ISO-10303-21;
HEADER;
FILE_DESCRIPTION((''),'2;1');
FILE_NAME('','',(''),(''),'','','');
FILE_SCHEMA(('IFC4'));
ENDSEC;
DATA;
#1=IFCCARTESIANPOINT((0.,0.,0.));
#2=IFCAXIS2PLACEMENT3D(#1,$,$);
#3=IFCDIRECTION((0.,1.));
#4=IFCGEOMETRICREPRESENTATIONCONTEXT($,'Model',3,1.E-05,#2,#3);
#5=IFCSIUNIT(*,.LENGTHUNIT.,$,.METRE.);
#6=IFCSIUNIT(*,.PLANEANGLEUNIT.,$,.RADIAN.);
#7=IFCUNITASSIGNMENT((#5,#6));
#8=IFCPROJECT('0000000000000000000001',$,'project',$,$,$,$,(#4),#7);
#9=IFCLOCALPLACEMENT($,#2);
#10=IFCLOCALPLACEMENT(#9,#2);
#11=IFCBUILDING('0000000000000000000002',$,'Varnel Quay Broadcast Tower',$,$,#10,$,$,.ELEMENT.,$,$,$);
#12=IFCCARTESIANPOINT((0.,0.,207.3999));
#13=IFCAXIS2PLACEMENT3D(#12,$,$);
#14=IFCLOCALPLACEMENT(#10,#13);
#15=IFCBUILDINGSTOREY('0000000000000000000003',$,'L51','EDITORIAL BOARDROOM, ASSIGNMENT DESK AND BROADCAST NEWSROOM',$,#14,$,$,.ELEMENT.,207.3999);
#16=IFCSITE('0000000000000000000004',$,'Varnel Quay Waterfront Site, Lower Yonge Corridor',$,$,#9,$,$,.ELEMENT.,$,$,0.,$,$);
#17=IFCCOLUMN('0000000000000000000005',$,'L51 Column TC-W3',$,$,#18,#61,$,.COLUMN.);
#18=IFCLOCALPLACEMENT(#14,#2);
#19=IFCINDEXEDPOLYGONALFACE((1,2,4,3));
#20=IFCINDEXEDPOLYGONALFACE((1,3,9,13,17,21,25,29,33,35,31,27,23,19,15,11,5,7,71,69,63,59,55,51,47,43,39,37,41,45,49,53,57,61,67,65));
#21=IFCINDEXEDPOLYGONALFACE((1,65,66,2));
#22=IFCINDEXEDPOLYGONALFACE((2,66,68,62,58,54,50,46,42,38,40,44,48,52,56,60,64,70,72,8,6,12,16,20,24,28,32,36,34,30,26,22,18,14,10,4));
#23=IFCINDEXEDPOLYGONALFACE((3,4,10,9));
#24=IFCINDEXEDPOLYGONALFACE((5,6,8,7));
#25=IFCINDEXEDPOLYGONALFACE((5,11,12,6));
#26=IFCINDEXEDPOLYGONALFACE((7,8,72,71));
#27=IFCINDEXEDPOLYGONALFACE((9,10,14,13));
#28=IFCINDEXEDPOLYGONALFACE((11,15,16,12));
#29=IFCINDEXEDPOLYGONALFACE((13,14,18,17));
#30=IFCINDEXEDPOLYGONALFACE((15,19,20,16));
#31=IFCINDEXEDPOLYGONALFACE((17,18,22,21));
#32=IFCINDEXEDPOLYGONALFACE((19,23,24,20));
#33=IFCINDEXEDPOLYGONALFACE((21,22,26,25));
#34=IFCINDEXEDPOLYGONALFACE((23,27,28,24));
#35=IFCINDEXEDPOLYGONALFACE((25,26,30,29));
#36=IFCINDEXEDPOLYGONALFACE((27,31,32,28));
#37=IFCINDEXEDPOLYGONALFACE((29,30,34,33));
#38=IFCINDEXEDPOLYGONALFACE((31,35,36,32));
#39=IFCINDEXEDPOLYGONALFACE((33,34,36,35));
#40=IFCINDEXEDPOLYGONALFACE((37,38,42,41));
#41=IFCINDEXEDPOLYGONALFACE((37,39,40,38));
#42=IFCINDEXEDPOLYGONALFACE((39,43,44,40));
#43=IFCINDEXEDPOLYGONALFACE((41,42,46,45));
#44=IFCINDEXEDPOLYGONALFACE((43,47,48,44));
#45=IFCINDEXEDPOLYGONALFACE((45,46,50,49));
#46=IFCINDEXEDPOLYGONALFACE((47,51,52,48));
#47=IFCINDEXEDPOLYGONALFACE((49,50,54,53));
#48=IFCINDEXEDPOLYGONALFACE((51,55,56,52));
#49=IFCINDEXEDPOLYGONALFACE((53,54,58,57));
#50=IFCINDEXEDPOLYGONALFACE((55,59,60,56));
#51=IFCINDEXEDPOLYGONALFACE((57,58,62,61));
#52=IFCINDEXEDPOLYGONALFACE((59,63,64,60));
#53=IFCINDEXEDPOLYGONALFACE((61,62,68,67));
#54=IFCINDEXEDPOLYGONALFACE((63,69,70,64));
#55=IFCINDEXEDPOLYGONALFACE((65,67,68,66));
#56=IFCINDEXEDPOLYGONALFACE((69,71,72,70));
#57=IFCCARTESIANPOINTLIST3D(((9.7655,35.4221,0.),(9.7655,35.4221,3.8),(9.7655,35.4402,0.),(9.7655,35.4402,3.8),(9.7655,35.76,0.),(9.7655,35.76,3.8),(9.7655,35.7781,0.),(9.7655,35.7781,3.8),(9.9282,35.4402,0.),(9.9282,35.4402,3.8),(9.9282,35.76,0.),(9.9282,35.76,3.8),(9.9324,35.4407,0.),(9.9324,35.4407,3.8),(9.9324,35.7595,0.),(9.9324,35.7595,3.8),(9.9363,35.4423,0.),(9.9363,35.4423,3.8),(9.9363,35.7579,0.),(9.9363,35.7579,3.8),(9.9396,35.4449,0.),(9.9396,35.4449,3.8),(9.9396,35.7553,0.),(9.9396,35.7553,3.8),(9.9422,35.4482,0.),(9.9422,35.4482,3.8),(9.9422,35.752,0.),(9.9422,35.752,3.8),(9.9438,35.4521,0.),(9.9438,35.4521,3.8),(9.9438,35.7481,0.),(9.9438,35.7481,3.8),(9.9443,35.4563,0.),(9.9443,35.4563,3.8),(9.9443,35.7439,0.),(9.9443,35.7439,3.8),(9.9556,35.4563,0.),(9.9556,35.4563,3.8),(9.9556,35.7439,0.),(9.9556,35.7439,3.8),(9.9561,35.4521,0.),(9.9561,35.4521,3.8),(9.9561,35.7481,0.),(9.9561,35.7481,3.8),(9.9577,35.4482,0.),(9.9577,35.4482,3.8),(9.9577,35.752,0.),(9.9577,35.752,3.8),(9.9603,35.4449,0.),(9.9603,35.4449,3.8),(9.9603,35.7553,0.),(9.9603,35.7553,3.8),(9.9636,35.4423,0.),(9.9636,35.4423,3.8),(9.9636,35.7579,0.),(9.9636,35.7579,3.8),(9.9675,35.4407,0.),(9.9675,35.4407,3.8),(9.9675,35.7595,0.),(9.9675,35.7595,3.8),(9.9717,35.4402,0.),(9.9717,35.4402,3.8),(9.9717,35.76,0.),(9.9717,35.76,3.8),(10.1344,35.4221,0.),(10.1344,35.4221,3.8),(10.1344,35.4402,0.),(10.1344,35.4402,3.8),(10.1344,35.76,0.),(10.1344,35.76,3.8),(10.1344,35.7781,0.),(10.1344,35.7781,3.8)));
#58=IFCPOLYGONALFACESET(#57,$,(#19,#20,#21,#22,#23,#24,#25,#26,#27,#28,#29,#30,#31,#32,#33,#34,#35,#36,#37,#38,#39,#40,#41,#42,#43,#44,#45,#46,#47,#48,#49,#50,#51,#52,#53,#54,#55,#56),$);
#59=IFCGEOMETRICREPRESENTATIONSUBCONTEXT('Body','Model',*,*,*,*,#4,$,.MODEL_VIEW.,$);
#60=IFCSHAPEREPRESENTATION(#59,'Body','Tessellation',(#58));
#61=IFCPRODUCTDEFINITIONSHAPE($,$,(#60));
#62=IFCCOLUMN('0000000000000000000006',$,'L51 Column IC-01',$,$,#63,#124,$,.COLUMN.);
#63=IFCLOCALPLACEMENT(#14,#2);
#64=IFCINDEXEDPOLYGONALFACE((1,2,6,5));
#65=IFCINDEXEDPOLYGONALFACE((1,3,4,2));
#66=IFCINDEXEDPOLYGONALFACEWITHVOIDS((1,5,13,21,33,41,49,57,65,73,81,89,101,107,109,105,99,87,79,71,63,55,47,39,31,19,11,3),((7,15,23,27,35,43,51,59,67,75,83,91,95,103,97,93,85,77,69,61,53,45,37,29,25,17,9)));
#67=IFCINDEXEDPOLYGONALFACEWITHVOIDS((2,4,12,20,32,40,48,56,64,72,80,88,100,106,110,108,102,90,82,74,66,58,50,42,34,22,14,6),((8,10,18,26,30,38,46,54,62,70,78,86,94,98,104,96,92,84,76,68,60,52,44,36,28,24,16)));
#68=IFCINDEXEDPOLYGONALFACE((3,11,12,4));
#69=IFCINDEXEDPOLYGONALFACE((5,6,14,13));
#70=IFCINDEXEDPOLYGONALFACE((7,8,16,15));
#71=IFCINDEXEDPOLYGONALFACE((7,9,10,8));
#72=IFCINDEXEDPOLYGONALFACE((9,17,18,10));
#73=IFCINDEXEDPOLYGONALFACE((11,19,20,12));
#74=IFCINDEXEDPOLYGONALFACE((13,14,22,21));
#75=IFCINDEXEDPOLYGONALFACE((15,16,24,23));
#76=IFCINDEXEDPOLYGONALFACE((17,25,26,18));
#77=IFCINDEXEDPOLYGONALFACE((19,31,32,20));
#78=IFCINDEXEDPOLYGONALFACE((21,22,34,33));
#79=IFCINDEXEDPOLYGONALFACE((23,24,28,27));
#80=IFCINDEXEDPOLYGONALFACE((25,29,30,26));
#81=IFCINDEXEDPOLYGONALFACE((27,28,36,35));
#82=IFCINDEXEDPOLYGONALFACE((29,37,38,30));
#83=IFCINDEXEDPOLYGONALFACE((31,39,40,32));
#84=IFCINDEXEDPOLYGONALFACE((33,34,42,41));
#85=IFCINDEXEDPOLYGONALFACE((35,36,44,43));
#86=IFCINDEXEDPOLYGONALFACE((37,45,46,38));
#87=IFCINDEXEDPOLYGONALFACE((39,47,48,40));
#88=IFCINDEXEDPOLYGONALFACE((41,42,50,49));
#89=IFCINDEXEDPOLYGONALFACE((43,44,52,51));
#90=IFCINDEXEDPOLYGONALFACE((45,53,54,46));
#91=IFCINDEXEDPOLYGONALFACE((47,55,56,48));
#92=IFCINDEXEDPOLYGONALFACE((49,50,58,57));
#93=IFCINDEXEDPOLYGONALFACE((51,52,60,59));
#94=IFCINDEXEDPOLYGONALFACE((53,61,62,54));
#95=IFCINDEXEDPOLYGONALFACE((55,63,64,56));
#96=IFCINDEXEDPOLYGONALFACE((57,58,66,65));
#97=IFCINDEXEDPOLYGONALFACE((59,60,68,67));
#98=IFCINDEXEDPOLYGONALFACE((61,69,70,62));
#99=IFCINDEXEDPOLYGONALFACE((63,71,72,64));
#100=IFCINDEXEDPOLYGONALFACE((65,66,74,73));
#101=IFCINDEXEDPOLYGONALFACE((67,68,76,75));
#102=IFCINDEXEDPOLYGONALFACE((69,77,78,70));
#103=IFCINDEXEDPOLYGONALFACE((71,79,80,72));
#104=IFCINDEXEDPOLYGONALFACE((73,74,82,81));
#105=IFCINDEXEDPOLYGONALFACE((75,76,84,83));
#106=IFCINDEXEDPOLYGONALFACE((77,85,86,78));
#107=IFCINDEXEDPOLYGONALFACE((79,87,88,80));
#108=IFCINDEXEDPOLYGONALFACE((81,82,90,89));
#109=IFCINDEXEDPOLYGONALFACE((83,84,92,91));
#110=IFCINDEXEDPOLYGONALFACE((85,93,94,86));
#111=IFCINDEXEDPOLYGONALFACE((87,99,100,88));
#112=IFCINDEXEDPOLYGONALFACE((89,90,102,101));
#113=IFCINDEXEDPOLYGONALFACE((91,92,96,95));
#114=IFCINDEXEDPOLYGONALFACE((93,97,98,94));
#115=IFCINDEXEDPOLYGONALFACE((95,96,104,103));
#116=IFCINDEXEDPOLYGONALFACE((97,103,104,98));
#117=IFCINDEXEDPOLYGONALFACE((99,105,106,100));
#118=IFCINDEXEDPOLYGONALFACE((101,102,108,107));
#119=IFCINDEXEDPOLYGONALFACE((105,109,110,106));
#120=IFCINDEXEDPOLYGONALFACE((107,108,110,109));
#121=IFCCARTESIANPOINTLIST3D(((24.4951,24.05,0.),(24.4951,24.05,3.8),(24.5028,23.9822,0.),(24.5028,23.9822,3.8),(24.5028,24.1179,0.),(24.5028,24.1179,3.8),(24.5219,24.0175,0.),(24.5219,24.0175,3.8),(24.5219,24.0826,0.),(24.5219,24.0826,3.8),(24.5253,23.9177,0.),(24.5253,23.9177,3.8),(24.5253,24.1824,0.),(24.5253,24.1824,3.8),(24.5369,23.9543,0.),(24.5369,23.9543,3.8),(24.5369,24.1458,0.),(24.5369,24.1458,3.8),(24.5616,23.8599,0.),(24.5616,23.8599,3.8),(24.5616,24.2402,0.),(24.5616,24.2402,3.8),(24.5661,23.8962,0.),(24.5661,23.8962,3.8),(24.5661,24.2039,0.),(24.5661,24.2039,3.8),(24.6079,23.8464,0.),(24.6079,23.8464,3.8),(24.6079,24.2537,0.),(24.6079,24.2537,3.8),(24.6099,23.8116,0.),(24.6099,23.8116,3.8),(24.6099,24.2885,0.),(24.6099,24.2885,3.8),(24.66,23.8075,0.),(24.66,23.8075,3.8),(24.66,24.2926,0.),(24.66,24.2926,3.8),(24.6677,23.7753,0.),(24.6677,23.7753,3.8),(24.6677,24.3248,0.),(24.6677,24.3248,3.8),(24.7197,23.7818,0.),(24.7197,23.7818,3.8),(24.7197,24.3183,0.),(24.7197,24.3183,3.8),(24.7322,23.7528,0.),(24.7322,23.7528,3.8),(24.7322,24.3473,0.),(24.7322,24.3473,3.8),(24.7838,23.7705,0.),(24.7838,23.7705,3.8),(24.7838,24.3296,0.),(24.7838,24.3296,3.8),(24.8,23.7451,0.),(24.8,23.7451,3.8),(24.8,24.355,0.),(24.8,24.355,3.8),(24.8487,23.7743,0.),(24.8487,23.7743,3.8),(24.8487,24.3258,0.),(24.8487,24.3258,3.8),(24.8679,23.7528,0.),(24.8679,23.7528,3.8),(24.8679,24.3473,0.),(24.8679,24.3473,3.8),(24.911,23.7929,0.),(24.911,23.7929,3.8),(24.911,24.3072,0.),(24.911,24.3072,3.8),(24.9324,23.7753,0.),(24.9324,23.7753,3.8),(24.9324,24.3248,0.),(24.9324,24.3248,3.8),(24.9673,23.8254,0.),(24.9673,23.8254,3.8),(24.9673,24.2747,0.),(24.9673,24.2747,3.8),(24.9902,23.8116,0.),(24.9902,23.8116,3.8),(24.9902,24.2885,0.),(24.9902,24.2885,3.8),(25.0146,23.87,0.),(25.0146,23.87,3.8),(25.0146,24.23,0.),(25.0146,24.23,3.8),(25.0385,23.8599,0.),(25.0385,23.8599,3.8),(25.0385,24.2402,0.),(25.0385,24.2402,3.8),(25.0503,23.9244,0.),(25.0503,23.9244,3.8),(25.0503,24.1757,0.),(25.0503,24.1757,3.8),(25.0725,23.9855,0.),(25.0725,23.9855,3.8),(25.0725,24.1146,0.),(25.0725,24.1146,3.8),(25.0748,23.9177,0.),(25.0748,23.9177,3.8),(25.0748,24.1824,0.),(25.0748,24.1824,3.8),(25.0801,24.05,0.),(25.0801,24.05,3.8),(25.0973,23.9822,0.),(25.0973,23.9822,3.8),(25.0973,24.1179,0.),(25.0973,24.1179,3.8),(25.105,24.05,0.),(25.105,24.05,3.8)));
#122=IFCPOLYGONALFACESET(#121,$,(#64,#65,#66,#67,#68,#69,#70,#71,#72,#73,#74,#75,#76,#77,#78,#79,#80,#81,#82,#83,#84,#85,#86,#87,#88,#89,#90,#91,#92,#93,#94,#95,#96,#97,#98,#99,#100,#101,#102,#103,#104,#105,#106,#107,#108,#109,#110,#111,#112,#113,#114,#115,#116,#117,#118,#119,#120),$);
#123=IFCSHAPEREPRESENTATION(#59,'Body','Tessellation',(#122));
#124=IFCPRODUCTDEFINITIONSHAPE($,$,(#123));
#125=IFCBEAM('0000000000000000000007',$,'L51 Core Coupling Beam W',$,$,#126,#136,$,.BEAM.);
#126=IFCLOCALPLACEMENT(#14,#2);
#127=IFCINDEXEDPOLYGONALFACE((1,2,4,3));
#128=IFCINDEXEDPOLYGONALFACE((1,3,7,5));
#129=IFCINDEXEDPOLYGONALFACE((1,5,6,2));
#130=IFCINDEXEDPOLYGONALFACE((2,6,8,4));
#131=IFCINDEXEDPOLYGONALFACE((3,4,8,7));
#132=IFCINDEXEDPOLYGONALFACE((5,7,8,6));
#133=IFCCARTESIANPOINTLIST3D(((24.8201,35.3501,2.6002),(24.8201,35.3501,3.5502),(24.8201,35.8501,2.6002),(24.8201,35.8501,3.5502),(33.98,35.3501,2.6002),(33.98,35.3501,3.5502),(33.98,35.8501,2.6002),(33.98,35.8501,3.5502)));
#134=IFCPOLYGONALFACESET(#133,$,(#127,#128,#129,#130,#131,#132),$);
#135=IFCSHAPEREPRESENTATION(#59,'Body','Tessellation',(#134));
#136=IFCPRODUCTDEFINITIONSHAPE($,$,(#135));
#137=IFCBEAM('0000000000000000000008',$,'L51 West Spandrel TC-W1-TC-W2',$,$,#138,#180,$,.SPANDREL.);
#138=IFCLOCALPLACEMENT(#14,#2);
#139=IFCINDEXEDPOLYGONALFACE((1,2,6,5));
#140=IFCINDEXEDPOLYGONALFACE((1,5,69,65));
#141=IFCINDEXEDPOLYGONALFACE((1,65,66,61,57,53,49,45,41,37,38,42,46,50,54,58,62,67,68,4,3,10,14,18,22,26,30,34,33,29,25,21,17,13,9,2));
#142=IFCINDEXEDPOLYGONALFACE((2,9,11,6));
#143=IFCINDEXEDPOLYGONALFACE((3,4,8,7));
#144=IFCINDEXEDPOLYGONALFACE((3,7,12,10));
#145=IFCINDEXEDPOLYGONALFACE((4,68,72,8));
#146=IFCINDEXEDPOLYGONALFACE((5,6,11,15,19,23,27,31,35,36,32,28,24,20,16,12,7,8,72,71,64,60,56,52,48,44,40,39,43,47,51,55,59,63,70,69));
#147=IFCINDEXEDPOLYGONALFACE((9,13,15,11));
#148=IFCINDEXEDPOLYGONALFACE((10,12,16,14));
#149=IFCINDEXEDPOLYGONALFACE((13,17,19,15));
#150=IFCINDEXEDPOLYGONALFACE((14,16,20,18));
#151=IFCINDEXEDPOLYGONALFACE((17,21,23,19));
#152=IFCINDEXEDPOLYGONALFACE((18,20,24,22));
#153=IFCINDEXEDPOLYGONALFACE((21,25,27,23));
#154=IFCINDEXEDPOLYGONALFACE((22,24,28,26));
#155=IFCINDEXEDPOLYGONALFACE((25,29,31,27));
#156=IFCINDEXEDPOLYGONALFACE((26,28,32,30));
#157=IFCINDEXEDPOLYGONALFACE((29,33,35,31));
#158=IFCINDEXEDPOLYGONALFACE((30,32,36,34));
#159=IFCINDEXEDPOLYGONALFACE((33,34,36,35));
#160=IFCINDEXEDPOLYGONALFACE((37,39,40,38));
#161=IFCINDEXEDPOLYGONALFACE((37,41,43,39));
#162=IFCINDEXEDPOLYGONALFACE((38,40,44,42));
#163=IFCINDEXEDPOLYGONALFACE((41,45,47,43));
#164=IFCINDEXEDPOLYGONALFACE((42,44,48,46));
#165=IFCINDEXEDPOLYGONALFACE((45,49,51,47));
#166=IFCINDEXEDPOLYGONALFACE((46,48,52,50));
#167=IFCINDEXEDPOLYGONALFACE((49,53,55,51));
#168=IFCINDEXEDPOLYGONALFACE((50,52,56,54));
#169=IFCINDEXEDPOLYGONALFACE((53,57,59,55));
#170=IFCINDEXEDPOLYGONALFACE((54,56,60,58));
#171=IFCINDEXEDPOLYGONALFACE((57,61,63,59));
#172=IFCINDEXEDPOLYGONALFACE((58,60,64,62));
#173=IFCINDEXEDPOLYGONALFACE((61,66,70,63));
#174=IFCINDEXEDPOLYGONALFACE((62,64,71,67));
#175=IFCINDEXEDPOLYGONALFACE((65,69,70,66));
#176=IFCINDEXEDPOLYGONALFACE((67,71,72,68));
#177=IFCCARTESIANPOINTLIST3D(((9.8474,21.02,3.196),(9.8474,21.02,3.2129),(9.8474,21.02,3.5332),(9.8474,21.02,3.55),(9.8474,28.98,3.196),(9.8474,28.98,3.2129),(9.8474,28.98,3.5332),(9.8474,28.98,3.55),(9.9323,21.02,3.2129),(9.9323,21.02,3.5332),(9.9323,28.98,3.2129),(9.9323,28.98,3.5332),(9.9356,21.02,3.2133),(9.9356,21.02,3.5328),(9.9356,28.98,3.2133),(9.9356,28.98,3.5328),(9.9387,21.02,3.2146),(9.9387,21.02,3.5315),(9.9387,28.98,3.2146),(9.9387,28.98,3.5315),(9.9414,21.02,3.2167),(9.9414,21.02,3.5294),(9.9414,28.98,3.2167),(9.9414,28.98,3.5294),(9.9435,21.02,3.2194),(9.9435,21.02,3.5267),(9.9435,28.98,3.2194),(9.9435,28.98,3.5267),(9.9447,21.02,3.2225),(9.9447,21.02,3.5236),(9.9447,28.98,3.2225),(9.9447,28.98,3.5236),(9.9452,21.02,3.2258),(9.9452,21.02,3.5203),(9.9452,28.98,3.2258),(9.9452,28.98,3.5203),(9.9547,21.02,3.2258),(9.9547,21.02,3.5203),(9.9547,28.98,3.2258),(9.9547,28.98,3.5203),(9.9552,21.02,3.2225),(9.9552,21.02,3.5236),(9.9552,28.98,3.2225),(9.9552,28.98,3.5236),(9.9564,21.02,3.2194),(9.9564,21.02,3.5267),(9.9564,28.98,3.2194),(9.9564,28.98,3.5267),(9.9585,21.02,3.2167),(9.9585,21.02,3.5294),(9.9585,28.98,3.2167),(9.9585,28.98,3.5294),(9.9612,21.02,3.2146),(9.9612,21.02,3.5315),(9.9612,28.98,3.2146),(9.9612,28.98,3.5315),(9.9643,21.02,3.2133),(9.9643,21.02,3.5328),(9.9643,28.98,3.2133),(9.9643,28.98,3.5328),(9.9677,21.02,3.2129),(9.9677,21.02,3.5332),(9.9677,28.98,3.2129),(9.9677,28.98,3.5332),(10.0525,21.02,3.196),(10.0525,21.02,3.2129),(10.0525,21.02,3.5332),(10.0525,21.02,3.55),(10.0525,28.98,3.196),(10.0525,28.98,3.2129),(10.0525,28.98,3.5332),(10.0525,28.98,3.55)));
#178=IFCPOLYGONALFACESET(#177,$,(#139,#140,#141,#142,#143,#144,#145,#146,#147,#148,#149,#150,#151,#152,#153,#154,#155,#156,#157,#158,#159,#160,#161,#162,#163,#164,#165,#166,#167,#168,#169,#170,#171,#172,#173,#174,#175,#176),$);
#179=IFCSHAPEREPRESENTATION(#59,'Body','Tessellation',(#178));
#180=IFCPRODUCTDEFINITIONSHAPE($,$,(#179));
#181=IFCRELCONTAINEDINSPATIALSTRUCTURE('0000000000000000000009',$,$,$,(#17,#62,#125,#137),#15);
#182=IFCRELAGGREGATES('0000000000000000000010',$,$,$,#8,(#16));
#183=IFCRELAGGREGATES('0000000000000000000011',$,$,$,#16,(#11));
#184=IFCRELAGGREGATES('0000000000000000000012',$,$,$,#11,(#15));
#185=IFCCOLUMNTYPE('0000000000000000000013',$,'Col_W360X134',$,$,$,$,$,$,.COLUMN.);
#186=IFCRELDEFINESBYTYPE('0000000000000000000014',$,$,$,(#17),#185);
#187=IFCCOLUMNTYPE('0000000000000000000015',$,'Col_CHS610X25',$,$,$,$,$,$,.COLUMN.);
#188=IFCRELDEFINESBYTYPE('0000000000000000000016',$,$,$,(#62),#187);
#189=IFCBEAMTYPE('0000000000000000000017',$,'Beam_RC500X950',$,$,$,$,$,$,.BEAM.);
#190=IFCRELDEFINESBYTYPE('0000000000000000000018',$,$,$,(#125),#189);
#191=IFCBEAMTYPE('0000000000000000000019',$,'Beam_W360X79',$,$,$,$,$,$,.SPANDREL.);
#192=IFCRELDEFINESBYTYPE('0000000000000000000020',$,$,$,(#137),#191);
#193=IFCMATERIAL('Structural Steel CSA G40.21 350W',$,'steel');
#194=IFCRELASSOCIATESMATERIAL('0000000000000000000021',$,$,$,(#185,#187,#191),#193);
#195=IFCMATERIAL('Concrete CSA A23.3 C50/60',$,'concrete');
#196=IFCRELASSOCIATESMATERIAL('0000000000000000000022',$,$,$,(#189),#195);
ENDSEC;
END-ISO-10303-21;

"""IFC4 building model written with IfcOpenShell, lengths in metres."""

from ifc_helpers import new_model, si_unit, direction, frame, origin, origin_2d, place, context, subcontext, project, spatial, rectangle, hollow_circle, i_section, extrude, source, transform, mapped, material, material_profile, profile_set, type_object, type_shapes, element, save


model = new_model("IFC4")

# Units and contexts
model_context = context("Model", 3, precision=1e-05, world=origin(), true_north=direction((0.0, 1.0)))
body_context = subcontext(model_context, "Body", "Model", "MODEL_VIEW")
ifc_project = project(units=[si_unit("LENGTHUNIT", "METRE"), si_unit("PLANEANGLEUNIT", "RADIAN")], contexts=[model_context])

# Site, building, storey
site_placement = place(None, origin())
site = spatial("IfcSite", under=ifc_project, at=site_placement, Name="Varnel Quay Waterfront Site, Lower Yonge Corridor", CompositionType="ELEMENT", RefElevation=0.0)
building_placement = place(site_placement, origin())
building = spatial("IfcBuilding", under=site, at=building_placement, Name="Varnel Quay Broadcast Tower", CompositionType="ELEMENT")
storey_placement = place(building_placement, frame((0.0, 0.0, 207.3999)))
storey = spatial("IfcBuildingStorey", under=building, at=storey_placement, Name="L51", Description="EDITORIAL BOARDROOM, ASSIGNMENT DESK AND BROADCAST NEWSROOM", CompositionType="ELEMENT", Elevation=207.3999)

# Columns
ifc_material_1 = material(Name="Structural Steel CSA G40.21 350W", Category="steel")
ifc_material_profile_1 = material_profile(ifc_material_1, i_section(OverallWidth=0.3689, OverallDepth=0.356, WebThickness=0.0112, FlangeThickness=0.0181, FilletRadius=0.0161, at=origin_2d()), Name="W360X134")
ifc_profile_set_1 = profile_set([ifc_material_profile_1], Name="Structural Steel CSA G40.21 350W")
column_type_1 = type_object("IfcColumnType", Name="Col_W360X134", PredefinedType="COLUMN", material=ifc_profile_set_1)
shared_shape_1 = source(origin(), body_context, "Body", "SweptSolid", [
    extrude(i_section(OverallWidth=0.3689, OverallDepth=0.356, WebThickness=0.0112, FlangeThickness=0.0181, FilletRadius=0.0161, at=origin_2d()), origin(), (0.0, 0.0, 1.0), 3.8),
])
type_shapes(column_type_1, [shared_shape_1])
for number, where, z_axis, x_axis, name in (
    (1, (9.95, 35.6001, 0.0), (0.0, 0.0, 1.0), (1.0, 0.0, 0.0), "L51 Column TC-W3"),
):
    element("IfcColumn", number, at=place(storey_placement, frame(where, z_axis=z_axis, x_axis=x_axis)), inside=storey, type_object=column_type_1, Name=name, PredefinedType="COLUMN", context=body_context, shape_type="MappedRepresentation", body=[
        mapped(shared_shape_1, transform((0.0, 0.0, 0.0), x_axis=(1.0, 0.0, 0.0), y_axis=(0.0, 1.0, 0.0), z_axis=(0.0, 0.0, 1.0), scale=1.0)),
    ])
ifc_material_profile_2 = material_profile(ifc_material_1, hollow_circle(Radius=0.3049, WallThickness=0.0249, at=origin_2d()), Name="CHS610X25")
ifc_profile_set_2 = profile_set([ifc_material_profile_2], Name="Structural Steel CSA G40.21 350W")
column_type_2 = type_object("IfcColumnType", Name="Col_CHS610X25", PredefinedType="COLUMN", material=ifc_profile_set_2)
shared_shape_2 = source(origin(), body_context, "Body", "SweptSolid", [
    extrude(hollow_circle(Radius=0.3049, WallThickness=0.0249, at=origin_2d()), origin(), (0.0, 0.0, 1.0), 3.8),
])
type_shapes(column_type_2, [shared_shape_2])
column_placement = place(storey_placement, frame((24.8, 24.05, 0.0), z_axis=(0.0, 0.0, 1.0), x_axis=(1.0, 0.0, 0.0)))
element("IfcColumn", 2, at=column_placement, inside=storey, type_object=column_type_2, Name="L51 Column IC-01", PredefinedType="COLUMN", context=body_context, shape_type="MappedRepresentation", body=[
    mapped(shared_shape_2, transform((0.0, 0.0, 0.0), x_axis=(1.0, 0.0, 0.0), y_axis=(0.0, 1.0, 0.0), z_axis=(0.0, 0.0, 1.0), scale=1.0)),
])

# Beams
ifc_material_2 = material(Name="Concrete CSA A23.3 C50/60", Category="concrete")
ifc_material_profile_3 = material_profile(ifc_material_2, rectangle(XDim=0.5, YDim=0.95, at=origin_2d()), Name="RC500X950")
ifc_profile_set_3 = profile_set([ifc_material_profile_3], Name="Concrete CSA A23.3 C50/60")
beam_type_1 = type_object("IfcBeamType", Name="Beam_RC500X950", PredefinedType="BEAM", material=ifc_profile_set_3)
shared_shape_3 = source(origin(), body_context, "Body", "SweptSolid", [
    extrude(rectangle(XDim=0.5, YDim=0.95, at=origin_2d()), origin(), (0.0, 0.0, 1.0), 9.1599),
])
type_shapes(beam_type_1, [shared_shape_3])
beam_1_placement = place(storey_placement, frame((24.8201, 35.6001, 3.0752), z_axis=(1.0, 0.0, 0.0), x_axis=(0.0, 1.0, 0.0)))
element("IfcBeam", 3, at=beam_1_placement, inside=storey, type_object=beam_type_1, Name="L51 Core Coupling Beam W", PredefinedType="BEAM", context=body_context, shape_type="MappedRepresentation", body=[
    mapped(shared_shape_3, transform((0.0, 0.0, 0.0), x_axis=(1.0, 0.0, 0.0), y_axis=(0.0, 1.0, 0.0), z_axis=(0.0, 0.0, 1.0), scale=1.0)),
])
ifc_material_profile_4 = material_profile(ifc_material_1, i_section(OverallWidth=0.2051, OverallDepth=0.354, WebThickness=0.0095, FlangeThickness=0.0168, FilletRadius=0.0129, at=origin_2d()), Name="W360X79")
ifc_profile_set_4 = profile_set([ifc_material_profile_4], Name="Structural Steel CSA G40.21 350W")
beam_type_2 = type_object("IfcBeamType", Name="Beam_W360X79", PredefinedType="SPANDREL", material=ifc_profile_set_4)
shared_shape_4 = source(origin(), body_context, "Body", "SweptSolid", [
    extrude(i_section(OverallWidth=0.2051, OverallDepth=0.354, WebThickness=0.0095, FlangeThickness=0.0168, FilletRadius=0.0129, at=origin_2d()), origin(), (0.0, 0.0, 1.0), 7.96),
])
beam_2_placement = place(storey_placement, frame((9.95, 21.02, 3.373), z_axis=(0.0, 1.0, 0.0), x_axis=(-1.0, 0.0, 0.0)))
element("IfcBeam", 4, at=beam_2_placement, inside=storey, type_object=beam_type_2, Name="L51 West Spandrel TC-W1-TC-W2", PredefinedType="SPANDREL", context=body_context, shape_type="MappedRepresentation", body=[
    mapped(shared_shape_4, transform((0.0, 0.0, 0.0), x_axis=(1.0, 0.0, 0.0), y_axis=(0.0, 1.0, 0.0), z_axis=(0.0, 0.0, 1.0), scale=1.0)),
])

save(model, "model.ifc")
